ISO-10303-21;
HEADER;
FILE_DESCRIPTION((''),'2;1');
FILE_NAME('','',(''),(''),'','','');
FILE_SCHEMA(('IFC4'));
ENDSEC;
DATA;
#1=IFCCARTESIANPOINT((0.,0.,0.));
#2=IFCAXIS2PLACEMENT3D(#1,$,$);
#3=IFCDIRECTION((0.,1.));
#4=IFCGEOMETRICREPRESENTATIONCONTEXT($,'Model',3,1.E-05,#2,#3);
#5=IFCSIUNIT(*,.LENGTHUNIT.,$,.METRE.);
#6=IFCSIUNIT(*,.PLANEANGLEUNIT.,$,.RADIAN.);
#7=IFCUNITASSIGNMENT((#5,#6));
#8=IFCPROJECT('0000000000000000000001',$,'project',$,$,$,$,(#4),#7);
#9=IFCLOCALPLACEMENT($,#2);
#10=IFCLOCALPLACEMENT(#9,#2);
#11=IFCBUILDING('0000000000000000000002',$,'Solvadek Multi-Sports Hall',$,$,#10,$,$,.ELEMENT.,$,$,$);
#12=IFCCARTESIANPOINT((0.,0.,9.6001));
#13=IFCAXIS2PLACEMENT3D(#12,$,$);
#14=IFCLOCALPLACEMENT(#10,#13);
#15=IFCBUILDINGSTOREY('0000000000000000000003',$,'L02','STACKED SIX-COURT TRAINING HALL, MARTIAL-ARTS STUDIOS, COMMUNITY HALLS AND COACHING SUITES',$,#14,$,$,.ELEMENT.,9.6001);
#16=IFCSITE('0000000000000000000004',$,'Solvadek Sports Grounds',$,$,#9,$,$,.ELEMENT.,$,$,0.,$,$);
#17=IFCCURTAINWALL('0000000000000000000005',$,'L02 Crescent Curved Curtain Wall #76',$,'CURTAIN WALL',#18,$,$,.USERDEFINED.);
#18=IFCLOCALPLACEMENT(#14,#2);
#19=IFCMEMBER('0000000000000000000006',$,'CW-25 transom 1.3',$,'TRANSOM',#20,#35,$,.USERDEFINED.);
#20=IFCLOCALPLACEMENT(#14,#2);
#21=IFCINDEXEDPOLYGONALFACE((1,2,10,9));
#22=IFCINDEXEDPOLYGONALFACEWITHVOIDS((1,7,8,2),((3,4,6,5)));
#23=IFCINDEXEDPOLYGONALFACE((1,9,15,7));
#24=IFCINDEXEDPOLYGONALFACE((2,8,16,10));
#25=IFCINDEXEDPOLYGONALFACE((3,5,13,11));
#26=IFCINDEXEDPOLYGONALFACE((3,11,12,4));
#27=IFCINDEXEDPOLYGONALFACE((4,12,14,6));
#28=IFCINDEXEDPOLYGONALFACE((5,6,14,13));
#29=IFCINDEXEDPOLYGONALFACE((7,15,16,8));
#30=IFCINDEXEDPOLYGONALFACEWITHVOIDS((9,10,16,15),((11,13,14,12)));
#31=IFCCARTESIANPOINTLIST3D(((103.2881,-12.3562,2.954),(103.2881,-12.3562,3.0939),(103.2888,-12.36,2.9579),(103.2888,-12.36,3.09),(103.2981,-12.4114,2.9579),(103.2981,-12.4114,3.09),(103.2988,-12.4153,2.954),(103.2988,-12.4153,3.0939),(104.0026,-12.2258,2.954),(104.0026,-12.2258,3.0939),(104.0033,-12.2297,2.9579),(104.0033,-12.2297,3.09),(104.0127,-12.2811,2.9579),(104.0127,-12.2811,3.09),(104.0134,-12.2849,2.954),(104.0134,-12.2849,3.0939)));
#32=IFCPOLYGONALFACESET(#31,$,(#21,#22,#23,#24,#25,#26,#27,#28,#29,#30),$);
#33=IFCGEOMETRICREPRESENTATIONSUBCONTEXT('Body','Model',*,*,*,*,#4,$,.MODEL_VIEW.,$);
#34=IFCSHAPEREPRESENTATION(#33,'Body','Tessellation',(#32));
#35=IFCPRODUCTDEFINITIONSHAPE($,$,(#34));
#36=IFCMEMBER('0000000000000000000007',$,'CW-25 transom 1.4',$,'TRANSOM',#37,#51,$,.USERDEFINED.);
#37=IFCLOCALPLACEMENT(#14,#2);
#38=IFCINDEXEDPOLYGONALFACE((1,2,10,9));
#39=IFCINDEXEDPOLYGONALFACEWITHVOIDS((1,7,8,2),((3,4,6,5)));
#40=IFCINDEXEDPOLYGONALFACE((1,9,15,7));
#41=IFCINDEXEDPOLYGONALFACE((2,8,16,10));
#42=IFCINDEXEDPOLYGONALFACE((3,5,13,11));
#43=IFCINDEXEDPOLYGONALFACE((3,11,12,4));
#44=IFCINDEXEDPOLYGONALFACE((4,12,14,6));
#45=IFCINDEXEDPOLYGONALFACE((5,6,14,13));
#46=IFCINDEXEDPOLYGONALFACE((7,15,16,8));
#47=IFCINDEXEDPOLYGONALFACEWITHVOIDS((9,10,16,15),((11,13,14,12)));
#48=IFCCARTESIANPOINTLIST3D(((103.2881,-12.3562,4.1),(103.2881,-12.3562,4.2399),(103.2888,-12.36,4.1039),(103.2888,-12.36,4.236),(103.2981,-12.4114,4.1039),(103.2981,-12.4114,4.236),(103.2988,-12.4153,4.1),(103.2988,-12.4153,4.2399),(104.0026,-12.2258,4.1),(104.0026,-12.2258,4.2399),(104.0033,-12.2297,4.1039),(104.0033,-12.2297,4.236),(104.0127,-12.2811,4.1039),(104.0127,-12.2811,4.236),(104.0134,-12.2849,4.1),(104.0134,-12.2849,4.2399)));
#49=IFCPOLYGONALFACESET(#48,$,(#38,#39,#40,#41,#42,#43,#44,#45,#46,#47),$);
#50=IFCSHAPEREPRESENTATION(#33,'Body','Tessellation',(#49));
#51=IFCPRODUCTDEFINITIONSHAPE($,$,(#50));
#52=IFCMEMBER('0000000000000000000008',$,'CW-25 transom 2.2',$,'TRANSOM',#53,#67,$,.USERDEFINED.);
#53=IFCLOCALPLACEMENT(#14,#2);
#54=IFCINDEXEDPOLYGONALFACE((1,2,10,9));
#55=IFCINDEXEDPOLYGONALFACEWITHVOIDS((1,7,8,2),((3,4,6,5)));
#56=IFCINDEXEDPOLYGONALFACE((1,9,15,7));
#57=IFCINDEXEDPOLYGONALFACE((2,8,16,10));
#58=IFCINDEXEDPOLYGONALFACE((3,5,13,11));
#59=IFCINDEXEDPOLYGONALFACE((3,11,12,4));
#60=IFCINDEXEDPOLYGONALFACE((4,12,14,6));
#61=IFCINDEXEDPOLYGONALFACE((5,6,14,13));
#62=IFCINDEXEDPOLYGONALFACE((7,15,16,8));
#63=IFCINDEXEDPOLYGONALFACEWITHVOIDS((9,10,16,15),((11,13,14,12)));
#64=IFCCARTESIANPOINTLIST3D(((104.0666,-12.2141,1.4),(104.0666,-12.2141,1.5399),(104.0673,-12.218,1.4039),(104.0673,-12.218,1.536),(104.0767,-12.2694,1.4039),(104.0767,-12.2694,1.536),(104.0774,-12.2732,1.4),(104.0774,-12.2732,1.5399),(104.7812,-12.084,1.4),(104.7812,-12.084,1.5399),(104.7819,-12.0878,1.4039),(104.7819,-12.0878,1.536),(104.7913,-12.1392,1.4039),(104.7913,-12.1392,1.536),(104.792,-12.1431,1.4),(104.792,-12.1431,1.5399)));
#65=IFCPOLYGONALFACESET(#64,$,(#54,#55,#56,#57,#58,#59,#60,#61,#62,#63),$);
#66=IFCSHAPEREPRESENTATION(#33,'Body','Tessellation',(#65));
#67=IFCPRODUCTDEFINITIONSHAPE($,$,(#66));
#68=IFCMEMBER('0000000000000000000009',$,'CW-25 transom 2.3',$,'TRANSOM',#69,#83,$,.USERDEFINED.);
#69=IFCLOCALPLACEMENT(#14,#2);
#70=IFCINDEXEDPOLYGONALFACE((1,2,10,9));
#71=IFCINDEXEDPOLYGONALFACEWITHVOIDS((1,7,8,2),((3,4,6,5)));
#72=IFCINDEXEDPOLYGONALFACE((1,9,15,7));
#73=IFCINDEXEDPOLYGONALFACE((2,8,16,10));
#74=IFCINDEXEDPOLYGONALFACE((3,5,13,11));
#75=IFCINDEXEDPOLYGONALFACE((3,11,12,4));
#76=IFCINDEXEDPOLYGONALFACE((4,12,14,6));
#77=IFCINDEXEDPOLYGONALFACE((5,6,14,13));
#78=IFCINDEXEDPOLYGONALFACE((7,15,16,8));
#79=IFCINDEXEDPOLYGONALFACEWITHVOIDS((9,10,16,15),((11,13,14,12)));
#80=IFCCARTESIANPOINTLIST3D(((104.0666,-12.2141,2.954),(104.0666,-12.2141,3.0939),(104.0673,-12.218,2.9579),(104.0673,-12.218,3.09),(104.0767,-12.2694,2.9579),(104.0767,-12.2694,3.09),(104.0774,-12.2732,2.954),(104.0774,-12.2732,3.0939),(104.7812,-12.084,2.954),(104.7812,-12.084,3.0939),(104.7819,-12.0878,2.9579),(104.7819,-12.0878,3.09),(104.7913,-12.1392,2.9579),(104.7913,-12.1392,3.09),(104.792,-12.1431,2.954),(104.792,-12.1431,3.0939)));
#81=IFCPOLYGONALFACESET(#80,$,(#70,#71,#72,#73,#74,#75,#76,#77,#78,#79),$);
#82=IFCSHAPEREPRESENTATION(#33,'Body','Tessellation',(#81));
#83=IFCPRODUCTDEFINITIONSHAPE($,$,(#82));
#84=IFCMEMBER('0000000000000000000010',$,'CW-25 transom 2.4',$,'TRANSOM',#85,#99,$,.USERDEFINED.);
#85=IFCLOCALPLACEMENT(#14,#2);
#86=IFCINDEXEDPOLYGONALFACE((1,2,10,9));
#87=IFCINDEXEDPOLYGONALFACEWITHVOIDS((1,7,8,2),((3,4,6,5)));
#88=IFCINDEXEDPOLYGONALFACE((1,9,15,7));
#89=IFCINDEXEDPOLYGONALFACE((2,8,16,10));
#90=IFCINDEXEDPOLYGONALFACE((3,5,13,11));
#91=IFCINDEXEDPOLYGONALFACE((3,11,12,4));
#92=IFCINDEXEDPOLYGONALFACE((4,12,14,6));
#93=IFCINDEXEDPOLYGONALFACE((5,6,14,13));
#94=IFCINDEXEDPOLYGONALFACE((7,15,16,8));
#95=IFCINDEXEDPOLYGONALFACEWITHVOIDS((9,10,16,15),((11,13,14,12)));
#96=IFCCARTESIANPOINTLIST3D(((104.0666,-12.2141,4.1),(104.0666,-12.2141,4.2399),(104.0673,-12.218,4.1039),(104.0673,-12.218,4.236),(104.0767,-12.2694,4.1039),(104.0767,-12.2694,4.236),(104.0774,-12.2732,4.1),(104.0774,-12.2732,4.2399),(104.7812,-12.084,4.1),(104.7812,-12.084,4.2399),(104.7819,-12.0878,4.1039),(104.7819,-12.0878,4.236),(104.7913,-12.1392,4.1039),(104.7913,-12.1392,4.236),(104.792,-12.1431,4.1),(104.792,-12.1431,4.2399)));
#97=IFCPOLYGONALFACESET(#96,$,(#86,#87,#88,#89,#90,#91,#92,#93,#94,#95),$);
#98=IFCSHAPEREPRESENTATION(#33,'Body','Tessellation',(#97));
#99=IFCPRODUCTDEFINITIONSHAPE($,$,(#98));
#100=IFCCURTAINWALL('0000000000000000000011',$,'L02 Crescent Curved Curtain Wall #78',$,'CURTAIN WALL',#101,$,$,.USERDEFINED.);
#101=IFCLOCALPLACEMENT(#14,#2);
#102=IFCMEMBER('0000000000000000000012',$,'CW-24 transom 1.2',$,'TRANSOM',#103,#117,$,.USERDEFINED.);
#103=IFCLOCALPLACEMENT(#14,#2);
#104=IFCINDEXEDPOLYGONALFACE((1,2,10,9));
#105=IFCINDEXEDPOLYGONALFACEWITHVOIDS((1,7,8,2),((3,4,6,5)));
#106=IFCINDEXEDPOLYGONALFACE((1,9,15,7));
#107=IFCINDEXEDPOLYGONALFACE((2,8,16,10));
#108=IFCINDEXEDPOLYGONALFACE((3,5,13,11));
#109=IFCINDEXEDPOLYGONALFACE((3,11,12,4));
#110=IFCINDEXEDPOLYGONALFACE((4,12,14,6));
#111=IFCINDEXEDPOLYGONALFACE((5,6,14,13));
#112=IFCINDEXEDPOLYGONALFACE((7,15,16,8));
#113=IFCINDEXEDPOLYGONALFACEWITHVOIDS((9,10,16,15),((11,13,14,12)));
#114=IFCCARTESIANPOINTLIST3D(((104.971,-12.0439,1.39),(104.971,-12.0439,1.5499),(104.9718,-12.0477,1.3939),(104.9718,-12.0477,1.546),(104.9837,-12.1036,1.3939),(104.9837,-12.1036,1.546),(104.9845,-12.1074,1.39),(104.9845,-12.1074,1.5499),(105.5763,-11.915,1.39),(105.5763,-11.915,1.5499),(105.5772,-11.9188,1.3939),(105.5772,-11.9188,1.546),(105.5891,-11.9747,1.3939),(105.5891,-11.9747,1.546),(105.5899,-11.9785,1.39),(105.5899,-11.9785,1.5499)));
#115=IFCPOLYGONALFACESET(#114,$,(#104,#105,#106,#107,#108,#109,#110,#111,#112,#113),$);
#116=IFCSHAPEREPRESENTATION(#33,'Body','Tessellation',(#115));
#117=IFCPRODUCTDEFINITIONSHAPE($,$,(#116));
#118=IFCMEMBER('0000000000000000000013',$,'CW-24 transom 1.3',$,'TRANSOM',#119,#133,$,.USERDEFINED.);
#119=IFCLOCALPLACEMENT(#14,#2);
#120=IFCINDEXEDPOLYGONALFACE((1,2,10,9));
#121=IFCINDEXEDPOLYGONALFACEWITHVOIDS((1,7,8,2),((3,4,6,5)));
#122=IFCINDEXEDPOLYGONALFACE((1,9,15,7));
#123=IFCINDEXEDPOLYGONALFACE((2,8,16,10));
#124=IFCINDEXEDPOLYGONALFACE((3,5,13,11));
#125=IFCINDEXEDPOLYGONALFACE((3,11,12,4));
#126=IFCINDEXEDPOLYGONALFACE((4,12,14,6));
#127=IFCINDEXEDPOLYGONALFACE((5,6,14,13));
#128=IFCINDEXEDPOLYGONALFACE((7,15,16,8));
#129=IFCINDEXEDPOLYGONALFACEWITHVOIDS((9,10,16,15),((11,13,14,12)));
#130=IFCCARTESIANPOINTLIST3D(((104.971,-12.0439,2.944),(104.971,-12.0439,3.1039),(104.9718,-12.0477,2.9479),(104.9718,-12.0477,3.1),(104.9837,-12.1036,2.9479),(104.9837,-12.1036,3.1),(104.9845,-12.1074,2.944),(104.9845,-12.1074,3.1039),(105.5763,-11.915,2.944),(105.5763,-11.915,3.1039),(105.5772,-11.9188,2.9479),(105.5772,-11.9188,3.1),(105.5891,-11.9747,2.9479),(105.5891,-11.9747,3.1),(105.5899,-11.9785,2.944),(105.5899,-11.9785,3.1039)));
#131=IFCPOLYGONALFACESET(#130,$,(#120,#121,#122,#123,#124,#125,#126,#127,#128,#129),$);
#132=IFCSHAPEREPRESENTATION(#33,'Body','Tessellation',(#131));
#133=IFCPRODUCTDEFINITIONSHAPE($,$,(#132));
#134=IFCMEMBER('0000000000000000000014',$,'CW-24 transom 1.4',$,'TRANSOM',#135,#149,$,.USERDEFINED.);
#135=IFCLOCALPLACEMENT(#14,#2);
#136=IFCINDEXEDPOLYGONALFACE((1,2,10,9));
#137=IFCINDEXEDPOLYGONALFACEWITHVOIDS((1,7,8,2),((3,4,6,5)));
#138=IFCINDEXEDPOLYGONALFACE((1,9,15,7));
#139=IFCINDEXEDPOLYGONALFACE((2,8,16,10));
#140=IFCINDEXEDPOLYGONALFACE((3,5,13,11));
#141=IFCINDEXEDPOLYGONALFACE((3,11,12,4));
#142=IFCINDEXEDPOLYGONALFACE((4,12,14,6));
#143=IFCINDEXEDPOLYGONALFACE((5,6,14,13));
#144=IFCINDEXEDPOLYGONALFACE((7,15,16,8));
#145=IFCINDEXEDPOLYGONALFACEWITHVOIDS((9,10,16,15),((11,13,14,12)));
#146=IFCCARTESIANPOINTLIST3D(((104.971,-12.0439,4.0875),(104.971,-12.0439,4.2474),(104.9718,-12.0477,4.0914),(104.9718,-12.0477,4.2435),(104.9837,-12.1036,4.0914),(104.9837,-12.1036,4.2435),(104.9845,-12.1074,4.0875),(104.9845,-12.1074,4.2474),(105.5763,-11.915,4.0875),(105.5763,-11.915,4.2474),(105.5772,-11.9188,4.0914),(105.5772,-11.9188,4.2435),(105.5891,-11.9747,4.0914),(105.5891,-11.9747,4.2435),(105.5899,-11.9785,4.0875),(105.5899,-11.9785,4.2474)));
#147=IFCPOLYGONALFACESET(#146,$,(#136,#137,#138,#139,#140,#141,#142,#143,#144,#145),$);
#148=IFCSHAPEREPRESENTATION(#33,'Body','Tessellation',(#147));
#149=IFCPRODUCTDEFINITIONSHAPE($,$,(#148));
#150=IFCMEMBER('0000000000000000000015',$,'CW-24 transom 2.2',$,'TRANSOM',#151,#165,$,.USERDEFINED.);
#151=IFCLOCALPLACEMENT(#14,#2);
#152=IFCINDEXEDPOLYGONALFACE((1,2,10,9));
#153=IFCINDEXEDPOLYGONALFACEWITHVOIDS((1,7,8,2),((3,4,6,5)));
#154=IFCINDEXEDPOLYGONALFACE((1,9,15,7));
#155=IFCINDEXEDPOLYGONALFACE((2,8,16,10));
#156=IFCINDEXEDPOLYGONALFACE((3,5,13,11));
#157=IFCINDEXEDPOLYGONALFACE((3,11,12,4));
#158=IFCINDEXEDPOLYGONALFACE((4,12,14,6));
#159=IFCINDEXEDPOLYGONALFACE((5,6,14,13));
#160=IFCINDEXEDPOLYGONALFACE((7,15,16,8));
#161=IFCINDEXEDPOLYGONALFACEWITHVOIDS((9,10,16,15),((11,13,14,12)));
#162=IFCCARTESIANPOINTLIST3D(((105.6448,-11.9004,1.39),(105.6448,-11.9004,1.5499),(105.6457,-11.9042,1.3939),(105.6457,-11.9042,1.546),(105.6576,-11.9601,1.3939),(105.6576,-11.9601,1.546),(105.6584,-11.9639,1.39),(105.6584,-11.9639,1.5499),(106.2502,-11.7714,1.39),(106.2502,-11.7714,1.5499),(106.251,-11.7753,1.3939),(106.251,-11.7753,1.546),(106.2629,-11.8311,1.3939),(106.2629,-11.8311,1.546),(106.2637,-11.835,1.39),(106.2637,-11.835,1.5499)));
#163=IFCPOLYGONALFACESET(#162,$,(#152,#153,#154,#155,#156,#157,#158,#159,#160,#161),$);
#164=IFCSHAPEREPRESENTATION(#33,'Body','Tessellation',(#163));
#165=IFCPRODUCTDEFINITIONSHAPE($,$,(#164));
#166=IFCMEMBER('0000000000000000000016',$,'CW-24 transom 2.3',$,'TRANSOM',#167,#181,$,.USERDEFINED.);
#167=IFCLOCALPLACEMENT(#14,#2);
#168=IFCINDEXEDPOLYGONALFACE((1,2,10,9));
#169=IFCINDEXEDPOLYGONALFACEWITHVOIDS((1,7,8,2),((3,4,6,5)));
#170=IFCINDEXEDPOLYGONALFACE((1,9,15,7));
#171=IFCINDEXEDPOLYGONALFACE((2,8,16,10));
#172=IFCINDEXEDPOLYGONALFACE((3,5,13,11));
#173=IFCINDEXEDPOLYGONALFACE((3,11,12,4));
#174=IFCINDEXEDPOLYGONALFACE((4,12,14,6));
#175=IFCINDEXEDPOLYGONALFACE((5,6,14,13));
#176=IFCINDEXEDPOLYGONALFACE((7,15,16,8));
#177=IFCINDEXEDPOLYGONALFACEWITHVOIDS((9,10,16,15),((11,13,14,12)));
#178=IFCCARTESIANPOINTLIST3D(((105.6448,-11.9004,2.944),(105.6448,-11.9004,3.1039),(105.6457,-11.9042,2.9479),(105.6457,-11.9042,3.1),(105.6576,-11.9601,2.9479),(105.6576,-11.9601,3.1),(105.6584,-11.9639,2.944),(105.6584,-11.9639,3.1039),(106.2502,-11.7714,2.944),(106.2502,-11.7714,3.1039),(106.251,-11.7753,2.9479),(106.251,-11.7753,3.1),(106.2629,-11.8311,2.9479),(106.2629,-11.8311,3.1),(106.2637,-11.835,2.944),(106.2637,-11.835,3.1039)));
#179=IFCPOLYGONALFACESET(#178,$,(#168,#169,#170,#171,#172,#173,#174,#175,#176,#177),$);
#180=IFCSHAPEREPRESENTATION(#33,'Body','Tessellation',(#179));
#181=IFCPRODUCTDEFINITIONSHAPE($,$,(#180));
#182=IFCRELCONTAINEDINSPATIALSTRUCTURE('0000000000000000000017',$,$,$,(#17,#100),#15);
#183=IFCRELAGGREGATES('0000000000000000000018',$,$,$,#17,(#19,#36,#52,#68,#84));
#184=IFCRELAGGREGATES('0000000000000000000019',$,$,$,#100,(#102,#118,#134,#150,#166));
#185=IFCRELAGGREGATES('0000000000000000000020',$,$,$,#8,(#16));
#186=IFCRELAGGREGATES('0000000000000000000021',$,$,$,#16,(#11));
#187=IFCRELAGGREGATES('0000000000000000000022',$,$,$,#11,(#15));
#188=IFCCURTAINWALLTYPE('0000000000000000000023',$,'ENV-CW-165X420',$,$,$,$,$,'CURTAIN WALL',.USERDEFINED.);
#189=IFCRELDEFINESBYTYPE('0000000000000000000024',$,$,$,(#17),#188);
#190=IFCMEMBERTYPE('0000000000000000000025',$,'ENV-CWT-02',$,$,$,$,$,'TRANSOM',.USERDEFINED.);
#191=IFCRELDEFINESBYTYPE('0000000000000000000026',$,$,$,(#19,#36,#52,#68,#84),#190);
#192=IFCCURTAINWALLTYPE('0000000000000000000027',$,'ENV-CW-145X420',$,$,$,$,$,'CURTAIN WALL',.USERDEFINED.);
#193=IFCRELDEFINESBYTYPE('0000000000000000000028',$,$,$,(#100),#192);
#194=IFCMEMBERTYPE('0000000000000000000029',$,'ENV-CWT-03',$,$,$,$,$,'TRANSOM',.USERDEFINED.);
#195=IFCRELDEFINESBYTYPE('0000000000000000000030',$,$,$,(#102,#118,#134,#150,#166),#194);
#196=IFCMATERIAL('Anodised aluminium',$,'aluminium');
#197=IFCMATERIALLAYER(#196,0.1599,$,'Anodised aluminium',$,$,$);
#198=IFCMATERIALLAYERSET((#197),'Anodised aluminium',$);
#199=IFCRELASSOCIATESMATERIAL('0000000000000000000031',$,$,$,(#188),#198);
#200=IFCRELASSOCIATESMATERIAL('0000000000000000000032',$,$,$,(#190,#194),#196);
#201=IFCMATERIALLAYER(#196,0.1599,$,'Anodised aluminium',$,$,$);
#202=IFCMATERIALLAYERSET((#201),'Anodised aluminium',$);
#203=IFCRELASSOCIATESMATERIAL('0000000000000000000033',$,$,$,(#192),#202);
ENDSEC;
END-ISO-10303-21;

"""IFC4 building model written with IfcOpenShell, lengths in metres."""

from ifc_helpers import new_model, si_unit, direction, frame, origin, origin_2d, place, context, subcontext, project, spatial, hollow_rectangle, extrude, material, layer, layer_set, material_profile, profile_set, type_object, element, aggregate, save


model = new_model("IFC4")

# Units and contexts
model_context = context("Model", 3, precision=1e-05, world=origin(), true_north=direction((0.0, 1.0)))
body_context = subcontext(model_context, "Body", "Model", "MODEL_VIEW")
ifc_project = project(units=[si_unit("LENGTHUNIT", "METRE"), si_unit("PLANEANGLEUNIT", "RADIAN")], contexts=[model_context])

# Site, building, storey
site_placement = place(None, origin())
site = spatial("IfcSite", under=ifc_project, at=site_placement, Name="Solvadek Sports Grounds", CompositionType="ELEMENT", RefElevation=0.0)
building_placement = place(site_placement, origin())
building = spatial("IfcBuilding", under=site, at=building_placement, Name="Solvadek Multi-Sports Hall", CompositionType="ELEMENT")
storey_placement = place(building_placement, frame((0.0, 0.0, 9.6001)))
storey = spatial("IfcBuildingStorey", under=building, at=storey_placement, Name="L02", Description="STACKED SIX-COURT TRAINING HALL, MARTIAL-ARTS STUDIOS, COMMUNITY HALLS AND COACHING SUITES", CompositionType="ELEMENT", Elevation=9.6001)

# Curtain walls, members
ifc_material_1 = material(Name="Anodised aluminium", Category="aluminium")
ifc_layer_1 = layer(ifc_material_1, 0.1599, Name="Anodised aluminium")
ifc_layer_set_1 = layer_set([ifc_layer_1], Name="Anodised aluminium")
curtain_wall_type_1 = type_object("IfcCurtainWallType", Name="ENV-CW-165X420", ElementType="CURTAIN WALL", PredefinedType="USERDEFINED", material=ifc_layer_set_1)
curtain_wall_1_placement = place(storey_placement, origin())
curtain_wall_1 = element("IfcCurtainWall", 1, at=curtain_wall_1_placement, inside=storey, type_object=curtain_wall_type_1, Name="L02 Crescent Curved Curtain Wall #76", ObjectType="CURTAIN WALL", PredefinedType="USERDEFINED")
ifc_material_profile_1 = material_profile(ifc_material_1, hollow_rectangle(XDim=0.0601, YDim=0.1399, WallThickness=0.0039, at=origin_2d()), Name="ALU-T 140x60x4")
ifc_profile_set_1 = profile_set([ifc_material_profile_1], Name="Anodised aluminium")
member_type_1 = type_object("IfcMemberType", Name="ENV-CWT-02", ElementType="TRANSOM", PredefinedType="USERDEFINED", material=ifc_profile_set_1)
member_1_placement = place(storey_placement, frame((103.2935, -12.3857, 3.0239), z_axis=(0.983762, 0.179477, 0.0), x_axis=(-0.179477, 0.983762, 0.0)))
member_1 = element("IfcMember", 2, at=member_1_placement, type_object=member_type_1, Name="CW-25 transom 1.3", ObjectType="TRANSOM", PredefinedType="USERDEFINED", context=body_context, shape_type="SweptSolid", body=[
    extrude(hollow_rectangle(XDim=0.0601, YDim=0.1399, WallThickness=0.0039, at=origin_2d()), origin(), (0.0, 0.0, 1.0), 0.7263),
])
member_2_placement = place(storey_placement, frame((103.2935, -12.3857, 4.1699), z_axis=(0.983762, 0.179477, 0.0), x_axis=(-0.179477, 0.983762, 0.0)))
member_2 = element("IfcMember", 3, at=member_2_placement, type_object=member_type_1, Name="CW-25 transom 1.4", ObjectType="TRANSOM", PredefinedType="USERDEFINED", context=body_context, shape_type="SweptSolid", body=[
    extrude(hollow_rectangle(XDim=0.0601, YDim=0.1399, WallThickness=0.0039, at=origin_2d()), origin(), (0.0, 0.0, 1.0), 0.7263),
])
member_3_placement = place(storey_placement, frame((104.072, -12.2437, 1.47), z_axis=(0.983821, 0.179152, 0.0), x_axis=(-0.179152, 0.983821, 0.0)))
member_3 = element("IfcMember", 4, at=member_3_placement, type_object=member_type_1, Name="CW-25 transom 2.2", ObjectType="TRANSOM", PredefinedType="USERDEFINED", context=body_context, shape_type="SweptSolid", body=[
    extrude(hollow_rectangle(XDim=0.0601, YDim=0.1399, WallThickness=0.0039, at=origin_2d()), origin(), (0.0, 0.0, 1.0), 0.7263),
])
member_4_placement = place(storey_placement, frame((104.072, -12.2437, 3.0239), z_axis=(0.983821, 0.179152, 0.0), x_axis=(-0.179152, 0.983821, 0.0)))
member_4 = element("IfcMember", 5, at=member_4_placement, type_object=member_type_1, Name="CW-25 transom 2.3", ObjectType="TRANSOM", PredefinedType="USERDEFINED", context=body_context, shape_type="SweptSolid", body=[
    extrude(hollow_rectangle(XDim=0.0601, YDim=0.1399, WallThickness=0.0039, at=origin_2d()), origin(), (0.0, 0.0, 1.0), 0.7263),
])
member_5_placement = place(storey_placement, frame((104.072, -12.2437, 4.1699), z_axis=(0.983821, 0.179152, 0.0), x_axis=(-0.179152, 0.983821, 0.0)))
member_5 = element("IfcMember", 6, at=member_5_placement, type_object=member_type_1, Name="CW-25 transom 2.4", ObjectType="TRANSOM", PredefinedType="USERDEFINED", context=body_context, shape_type="SweptSolid", body=[
    extrude(hollow_rectangle(XDim=0.0601, YDim=0.1399, WallThickness=0.0039, at=origin_2d()), origin(), (0.0, 0.0, 1.0), 0.7263),
])
ifc_layer_2 = layer(ifc_material_1, 0.1599, Name="Anodised aluminium")
ifc_layer_set_2 = layer_set([ifc_layer_2], Name="Anodised aluminium")
curtain_wall_type_2 = type_object("IfcCurtainWallType", Name="ENV-CW-145X420", ElementType="CURTAIN WALL", PredefinedType="USERDEFINED", material=ifc_layer_set_2)
curtain_wall_2_placement = place(storey_placement, origin())
curtain_wall_2 = element("IfcCurtainWall", 7, at=curtain_wall_2_placement, inside=storey, type_object=curtain_wall_type_2, Name="L02 Crescent Curved Curtain Wall #78", ObjectType="CURTAIN WALL", PredefinedType="USERDEFINED")
ifc_material_profile_2 = material_profile(ifc_material_1, hollow_rectangle(XDim=0.0649, YDim=0.1599, WallThickness=0.0039, at=origin_2d()), Name="ALU-T 160x65x4")
ifc_profile_set_2 = profile_set([ifc_material_profile_2], Name="Anodised aluminium")
member_type_2 = type_object("IfcMemberType", Name="ENV-CWT-03", ElementType="TRANSOM", PredefinedType="USERDEFINED", material=ifc_profile_set_2)
member_6_placement = place(storey_placement, frame((104.9778, -12.0757, 1.47), z_axis=(0.978061, 0.208316, 0.0), x_axis=(-0.208316, 0.978061, 0.0)))
member_6 = element("IfcMember", 8, at=member_6_placement, type_object=member_type_2, Name="CW-24 transom 1.2", ObjectType="TRANSOM", PredefinedType="USERDEFINED", context=body_context, shape_type="SweptSolid", body=[
    extrude(hollow_rectangle(XDim=0.0649, YDim=0.1599, WallThickness=0.0039, at=origin_2d()), origin(), (0.0, 0.0, 1.0), 0.6189),
])
member_7_placement = place(storey_placement, frame((104.9778, -12.0757, 3.0239), z_axis=(0.978061, 0.208316, 0.0), x_axis=(-0.208316, 0.978061, 0.0)))
member_7 = element("IfcMember", 9, at=member_7_placement, type_object=member_type_2, Name="CW-24 transom 1.3", ObjectType="TRANSOM", PredefinedType="USERDEFINED", context=body_context, shape_type="SweptSolid", body=[
    extrude(hollow_rectangle(XDim=0.0649, YDim=0.1599, WallThickness=0.0039, at=origin_2d()), origin(), (0.0, 0.0, 1.0), 0.6189),
])
member_8_placement = place(storey_placement, frame((104.9778, -12.0757, 4.1675), z_axis=(0.978061, 0.208316, 0.0), x_axis=(-0.208316, 0.978061, 0.0)))
member_8 = element("IfcMember", 10, at=member_8_placement, type_object=member_type_2, Name="CW-24 transom 1.4", ObjectType="TRANSOM", PredefinedType="USERDEFINED", context=body_context, shape_type="SweptSolid", body=[
    extrude(hollow_rectangle(XDim=0.0649, YDim=0.1599, WallThickness=0.0039, at=origin_2d()), origin(), (0.0, 0.0, 1.0), 0.6189),
])
member_9_placement = place(storey_placement, frame((105.6516, -11.9321, 1.47), z_axis=(0.978061, 0.208316, 0.0), x_axis=(-0.208316, 0.978061, 0.0)))
member_9 = element("IfcMember", 11, at=member_9_placement, type_object=member_type_2, Name="CW-24 transom 2.2", ObjectType="TRANSOM", PredefinedType="USERDEFINED", context=body_context, shape_type="SweptSolid", body=[
    extrude(hollow_rectangle(XDim=0.0649, YDim=0.1599, WallThickness=0.0039, at=origin_2d()), origin(), (0.0, 0.0, 1.0), 0.6189),
])
member_10_placement = place(storey_placement, frame((105.6516, -11.9321, 3.0239), z_axis=(0.978061, 0.208316, 0.0), x_axis=(-0.208316, 0.978061, 0.0)))
member_10 = element("IfcMember", 12, at=member_10_placement, type_object=member_type_2, Name="CW-24 transom 2.3", ObjectType="TRANSOM", PredefinedType="USERDEFINED", context=body_context, shape_type="SweptSolid", body=[
    extrude(hollow_rectangle(XDim=0.0649, YDim=0.1599, WallThickness=0.0039, at=origin_2d()), origin(), (0.0, 0.0, 1.0), 0.6189),
])

aggregate(curtain_wall_1, [member_1, member_2, member_3, member_4, member_5])
aggregate(curtain_wall_2, [member_6, member_7, member_8, member_9, member_10])

save(model, "model.ifc")
